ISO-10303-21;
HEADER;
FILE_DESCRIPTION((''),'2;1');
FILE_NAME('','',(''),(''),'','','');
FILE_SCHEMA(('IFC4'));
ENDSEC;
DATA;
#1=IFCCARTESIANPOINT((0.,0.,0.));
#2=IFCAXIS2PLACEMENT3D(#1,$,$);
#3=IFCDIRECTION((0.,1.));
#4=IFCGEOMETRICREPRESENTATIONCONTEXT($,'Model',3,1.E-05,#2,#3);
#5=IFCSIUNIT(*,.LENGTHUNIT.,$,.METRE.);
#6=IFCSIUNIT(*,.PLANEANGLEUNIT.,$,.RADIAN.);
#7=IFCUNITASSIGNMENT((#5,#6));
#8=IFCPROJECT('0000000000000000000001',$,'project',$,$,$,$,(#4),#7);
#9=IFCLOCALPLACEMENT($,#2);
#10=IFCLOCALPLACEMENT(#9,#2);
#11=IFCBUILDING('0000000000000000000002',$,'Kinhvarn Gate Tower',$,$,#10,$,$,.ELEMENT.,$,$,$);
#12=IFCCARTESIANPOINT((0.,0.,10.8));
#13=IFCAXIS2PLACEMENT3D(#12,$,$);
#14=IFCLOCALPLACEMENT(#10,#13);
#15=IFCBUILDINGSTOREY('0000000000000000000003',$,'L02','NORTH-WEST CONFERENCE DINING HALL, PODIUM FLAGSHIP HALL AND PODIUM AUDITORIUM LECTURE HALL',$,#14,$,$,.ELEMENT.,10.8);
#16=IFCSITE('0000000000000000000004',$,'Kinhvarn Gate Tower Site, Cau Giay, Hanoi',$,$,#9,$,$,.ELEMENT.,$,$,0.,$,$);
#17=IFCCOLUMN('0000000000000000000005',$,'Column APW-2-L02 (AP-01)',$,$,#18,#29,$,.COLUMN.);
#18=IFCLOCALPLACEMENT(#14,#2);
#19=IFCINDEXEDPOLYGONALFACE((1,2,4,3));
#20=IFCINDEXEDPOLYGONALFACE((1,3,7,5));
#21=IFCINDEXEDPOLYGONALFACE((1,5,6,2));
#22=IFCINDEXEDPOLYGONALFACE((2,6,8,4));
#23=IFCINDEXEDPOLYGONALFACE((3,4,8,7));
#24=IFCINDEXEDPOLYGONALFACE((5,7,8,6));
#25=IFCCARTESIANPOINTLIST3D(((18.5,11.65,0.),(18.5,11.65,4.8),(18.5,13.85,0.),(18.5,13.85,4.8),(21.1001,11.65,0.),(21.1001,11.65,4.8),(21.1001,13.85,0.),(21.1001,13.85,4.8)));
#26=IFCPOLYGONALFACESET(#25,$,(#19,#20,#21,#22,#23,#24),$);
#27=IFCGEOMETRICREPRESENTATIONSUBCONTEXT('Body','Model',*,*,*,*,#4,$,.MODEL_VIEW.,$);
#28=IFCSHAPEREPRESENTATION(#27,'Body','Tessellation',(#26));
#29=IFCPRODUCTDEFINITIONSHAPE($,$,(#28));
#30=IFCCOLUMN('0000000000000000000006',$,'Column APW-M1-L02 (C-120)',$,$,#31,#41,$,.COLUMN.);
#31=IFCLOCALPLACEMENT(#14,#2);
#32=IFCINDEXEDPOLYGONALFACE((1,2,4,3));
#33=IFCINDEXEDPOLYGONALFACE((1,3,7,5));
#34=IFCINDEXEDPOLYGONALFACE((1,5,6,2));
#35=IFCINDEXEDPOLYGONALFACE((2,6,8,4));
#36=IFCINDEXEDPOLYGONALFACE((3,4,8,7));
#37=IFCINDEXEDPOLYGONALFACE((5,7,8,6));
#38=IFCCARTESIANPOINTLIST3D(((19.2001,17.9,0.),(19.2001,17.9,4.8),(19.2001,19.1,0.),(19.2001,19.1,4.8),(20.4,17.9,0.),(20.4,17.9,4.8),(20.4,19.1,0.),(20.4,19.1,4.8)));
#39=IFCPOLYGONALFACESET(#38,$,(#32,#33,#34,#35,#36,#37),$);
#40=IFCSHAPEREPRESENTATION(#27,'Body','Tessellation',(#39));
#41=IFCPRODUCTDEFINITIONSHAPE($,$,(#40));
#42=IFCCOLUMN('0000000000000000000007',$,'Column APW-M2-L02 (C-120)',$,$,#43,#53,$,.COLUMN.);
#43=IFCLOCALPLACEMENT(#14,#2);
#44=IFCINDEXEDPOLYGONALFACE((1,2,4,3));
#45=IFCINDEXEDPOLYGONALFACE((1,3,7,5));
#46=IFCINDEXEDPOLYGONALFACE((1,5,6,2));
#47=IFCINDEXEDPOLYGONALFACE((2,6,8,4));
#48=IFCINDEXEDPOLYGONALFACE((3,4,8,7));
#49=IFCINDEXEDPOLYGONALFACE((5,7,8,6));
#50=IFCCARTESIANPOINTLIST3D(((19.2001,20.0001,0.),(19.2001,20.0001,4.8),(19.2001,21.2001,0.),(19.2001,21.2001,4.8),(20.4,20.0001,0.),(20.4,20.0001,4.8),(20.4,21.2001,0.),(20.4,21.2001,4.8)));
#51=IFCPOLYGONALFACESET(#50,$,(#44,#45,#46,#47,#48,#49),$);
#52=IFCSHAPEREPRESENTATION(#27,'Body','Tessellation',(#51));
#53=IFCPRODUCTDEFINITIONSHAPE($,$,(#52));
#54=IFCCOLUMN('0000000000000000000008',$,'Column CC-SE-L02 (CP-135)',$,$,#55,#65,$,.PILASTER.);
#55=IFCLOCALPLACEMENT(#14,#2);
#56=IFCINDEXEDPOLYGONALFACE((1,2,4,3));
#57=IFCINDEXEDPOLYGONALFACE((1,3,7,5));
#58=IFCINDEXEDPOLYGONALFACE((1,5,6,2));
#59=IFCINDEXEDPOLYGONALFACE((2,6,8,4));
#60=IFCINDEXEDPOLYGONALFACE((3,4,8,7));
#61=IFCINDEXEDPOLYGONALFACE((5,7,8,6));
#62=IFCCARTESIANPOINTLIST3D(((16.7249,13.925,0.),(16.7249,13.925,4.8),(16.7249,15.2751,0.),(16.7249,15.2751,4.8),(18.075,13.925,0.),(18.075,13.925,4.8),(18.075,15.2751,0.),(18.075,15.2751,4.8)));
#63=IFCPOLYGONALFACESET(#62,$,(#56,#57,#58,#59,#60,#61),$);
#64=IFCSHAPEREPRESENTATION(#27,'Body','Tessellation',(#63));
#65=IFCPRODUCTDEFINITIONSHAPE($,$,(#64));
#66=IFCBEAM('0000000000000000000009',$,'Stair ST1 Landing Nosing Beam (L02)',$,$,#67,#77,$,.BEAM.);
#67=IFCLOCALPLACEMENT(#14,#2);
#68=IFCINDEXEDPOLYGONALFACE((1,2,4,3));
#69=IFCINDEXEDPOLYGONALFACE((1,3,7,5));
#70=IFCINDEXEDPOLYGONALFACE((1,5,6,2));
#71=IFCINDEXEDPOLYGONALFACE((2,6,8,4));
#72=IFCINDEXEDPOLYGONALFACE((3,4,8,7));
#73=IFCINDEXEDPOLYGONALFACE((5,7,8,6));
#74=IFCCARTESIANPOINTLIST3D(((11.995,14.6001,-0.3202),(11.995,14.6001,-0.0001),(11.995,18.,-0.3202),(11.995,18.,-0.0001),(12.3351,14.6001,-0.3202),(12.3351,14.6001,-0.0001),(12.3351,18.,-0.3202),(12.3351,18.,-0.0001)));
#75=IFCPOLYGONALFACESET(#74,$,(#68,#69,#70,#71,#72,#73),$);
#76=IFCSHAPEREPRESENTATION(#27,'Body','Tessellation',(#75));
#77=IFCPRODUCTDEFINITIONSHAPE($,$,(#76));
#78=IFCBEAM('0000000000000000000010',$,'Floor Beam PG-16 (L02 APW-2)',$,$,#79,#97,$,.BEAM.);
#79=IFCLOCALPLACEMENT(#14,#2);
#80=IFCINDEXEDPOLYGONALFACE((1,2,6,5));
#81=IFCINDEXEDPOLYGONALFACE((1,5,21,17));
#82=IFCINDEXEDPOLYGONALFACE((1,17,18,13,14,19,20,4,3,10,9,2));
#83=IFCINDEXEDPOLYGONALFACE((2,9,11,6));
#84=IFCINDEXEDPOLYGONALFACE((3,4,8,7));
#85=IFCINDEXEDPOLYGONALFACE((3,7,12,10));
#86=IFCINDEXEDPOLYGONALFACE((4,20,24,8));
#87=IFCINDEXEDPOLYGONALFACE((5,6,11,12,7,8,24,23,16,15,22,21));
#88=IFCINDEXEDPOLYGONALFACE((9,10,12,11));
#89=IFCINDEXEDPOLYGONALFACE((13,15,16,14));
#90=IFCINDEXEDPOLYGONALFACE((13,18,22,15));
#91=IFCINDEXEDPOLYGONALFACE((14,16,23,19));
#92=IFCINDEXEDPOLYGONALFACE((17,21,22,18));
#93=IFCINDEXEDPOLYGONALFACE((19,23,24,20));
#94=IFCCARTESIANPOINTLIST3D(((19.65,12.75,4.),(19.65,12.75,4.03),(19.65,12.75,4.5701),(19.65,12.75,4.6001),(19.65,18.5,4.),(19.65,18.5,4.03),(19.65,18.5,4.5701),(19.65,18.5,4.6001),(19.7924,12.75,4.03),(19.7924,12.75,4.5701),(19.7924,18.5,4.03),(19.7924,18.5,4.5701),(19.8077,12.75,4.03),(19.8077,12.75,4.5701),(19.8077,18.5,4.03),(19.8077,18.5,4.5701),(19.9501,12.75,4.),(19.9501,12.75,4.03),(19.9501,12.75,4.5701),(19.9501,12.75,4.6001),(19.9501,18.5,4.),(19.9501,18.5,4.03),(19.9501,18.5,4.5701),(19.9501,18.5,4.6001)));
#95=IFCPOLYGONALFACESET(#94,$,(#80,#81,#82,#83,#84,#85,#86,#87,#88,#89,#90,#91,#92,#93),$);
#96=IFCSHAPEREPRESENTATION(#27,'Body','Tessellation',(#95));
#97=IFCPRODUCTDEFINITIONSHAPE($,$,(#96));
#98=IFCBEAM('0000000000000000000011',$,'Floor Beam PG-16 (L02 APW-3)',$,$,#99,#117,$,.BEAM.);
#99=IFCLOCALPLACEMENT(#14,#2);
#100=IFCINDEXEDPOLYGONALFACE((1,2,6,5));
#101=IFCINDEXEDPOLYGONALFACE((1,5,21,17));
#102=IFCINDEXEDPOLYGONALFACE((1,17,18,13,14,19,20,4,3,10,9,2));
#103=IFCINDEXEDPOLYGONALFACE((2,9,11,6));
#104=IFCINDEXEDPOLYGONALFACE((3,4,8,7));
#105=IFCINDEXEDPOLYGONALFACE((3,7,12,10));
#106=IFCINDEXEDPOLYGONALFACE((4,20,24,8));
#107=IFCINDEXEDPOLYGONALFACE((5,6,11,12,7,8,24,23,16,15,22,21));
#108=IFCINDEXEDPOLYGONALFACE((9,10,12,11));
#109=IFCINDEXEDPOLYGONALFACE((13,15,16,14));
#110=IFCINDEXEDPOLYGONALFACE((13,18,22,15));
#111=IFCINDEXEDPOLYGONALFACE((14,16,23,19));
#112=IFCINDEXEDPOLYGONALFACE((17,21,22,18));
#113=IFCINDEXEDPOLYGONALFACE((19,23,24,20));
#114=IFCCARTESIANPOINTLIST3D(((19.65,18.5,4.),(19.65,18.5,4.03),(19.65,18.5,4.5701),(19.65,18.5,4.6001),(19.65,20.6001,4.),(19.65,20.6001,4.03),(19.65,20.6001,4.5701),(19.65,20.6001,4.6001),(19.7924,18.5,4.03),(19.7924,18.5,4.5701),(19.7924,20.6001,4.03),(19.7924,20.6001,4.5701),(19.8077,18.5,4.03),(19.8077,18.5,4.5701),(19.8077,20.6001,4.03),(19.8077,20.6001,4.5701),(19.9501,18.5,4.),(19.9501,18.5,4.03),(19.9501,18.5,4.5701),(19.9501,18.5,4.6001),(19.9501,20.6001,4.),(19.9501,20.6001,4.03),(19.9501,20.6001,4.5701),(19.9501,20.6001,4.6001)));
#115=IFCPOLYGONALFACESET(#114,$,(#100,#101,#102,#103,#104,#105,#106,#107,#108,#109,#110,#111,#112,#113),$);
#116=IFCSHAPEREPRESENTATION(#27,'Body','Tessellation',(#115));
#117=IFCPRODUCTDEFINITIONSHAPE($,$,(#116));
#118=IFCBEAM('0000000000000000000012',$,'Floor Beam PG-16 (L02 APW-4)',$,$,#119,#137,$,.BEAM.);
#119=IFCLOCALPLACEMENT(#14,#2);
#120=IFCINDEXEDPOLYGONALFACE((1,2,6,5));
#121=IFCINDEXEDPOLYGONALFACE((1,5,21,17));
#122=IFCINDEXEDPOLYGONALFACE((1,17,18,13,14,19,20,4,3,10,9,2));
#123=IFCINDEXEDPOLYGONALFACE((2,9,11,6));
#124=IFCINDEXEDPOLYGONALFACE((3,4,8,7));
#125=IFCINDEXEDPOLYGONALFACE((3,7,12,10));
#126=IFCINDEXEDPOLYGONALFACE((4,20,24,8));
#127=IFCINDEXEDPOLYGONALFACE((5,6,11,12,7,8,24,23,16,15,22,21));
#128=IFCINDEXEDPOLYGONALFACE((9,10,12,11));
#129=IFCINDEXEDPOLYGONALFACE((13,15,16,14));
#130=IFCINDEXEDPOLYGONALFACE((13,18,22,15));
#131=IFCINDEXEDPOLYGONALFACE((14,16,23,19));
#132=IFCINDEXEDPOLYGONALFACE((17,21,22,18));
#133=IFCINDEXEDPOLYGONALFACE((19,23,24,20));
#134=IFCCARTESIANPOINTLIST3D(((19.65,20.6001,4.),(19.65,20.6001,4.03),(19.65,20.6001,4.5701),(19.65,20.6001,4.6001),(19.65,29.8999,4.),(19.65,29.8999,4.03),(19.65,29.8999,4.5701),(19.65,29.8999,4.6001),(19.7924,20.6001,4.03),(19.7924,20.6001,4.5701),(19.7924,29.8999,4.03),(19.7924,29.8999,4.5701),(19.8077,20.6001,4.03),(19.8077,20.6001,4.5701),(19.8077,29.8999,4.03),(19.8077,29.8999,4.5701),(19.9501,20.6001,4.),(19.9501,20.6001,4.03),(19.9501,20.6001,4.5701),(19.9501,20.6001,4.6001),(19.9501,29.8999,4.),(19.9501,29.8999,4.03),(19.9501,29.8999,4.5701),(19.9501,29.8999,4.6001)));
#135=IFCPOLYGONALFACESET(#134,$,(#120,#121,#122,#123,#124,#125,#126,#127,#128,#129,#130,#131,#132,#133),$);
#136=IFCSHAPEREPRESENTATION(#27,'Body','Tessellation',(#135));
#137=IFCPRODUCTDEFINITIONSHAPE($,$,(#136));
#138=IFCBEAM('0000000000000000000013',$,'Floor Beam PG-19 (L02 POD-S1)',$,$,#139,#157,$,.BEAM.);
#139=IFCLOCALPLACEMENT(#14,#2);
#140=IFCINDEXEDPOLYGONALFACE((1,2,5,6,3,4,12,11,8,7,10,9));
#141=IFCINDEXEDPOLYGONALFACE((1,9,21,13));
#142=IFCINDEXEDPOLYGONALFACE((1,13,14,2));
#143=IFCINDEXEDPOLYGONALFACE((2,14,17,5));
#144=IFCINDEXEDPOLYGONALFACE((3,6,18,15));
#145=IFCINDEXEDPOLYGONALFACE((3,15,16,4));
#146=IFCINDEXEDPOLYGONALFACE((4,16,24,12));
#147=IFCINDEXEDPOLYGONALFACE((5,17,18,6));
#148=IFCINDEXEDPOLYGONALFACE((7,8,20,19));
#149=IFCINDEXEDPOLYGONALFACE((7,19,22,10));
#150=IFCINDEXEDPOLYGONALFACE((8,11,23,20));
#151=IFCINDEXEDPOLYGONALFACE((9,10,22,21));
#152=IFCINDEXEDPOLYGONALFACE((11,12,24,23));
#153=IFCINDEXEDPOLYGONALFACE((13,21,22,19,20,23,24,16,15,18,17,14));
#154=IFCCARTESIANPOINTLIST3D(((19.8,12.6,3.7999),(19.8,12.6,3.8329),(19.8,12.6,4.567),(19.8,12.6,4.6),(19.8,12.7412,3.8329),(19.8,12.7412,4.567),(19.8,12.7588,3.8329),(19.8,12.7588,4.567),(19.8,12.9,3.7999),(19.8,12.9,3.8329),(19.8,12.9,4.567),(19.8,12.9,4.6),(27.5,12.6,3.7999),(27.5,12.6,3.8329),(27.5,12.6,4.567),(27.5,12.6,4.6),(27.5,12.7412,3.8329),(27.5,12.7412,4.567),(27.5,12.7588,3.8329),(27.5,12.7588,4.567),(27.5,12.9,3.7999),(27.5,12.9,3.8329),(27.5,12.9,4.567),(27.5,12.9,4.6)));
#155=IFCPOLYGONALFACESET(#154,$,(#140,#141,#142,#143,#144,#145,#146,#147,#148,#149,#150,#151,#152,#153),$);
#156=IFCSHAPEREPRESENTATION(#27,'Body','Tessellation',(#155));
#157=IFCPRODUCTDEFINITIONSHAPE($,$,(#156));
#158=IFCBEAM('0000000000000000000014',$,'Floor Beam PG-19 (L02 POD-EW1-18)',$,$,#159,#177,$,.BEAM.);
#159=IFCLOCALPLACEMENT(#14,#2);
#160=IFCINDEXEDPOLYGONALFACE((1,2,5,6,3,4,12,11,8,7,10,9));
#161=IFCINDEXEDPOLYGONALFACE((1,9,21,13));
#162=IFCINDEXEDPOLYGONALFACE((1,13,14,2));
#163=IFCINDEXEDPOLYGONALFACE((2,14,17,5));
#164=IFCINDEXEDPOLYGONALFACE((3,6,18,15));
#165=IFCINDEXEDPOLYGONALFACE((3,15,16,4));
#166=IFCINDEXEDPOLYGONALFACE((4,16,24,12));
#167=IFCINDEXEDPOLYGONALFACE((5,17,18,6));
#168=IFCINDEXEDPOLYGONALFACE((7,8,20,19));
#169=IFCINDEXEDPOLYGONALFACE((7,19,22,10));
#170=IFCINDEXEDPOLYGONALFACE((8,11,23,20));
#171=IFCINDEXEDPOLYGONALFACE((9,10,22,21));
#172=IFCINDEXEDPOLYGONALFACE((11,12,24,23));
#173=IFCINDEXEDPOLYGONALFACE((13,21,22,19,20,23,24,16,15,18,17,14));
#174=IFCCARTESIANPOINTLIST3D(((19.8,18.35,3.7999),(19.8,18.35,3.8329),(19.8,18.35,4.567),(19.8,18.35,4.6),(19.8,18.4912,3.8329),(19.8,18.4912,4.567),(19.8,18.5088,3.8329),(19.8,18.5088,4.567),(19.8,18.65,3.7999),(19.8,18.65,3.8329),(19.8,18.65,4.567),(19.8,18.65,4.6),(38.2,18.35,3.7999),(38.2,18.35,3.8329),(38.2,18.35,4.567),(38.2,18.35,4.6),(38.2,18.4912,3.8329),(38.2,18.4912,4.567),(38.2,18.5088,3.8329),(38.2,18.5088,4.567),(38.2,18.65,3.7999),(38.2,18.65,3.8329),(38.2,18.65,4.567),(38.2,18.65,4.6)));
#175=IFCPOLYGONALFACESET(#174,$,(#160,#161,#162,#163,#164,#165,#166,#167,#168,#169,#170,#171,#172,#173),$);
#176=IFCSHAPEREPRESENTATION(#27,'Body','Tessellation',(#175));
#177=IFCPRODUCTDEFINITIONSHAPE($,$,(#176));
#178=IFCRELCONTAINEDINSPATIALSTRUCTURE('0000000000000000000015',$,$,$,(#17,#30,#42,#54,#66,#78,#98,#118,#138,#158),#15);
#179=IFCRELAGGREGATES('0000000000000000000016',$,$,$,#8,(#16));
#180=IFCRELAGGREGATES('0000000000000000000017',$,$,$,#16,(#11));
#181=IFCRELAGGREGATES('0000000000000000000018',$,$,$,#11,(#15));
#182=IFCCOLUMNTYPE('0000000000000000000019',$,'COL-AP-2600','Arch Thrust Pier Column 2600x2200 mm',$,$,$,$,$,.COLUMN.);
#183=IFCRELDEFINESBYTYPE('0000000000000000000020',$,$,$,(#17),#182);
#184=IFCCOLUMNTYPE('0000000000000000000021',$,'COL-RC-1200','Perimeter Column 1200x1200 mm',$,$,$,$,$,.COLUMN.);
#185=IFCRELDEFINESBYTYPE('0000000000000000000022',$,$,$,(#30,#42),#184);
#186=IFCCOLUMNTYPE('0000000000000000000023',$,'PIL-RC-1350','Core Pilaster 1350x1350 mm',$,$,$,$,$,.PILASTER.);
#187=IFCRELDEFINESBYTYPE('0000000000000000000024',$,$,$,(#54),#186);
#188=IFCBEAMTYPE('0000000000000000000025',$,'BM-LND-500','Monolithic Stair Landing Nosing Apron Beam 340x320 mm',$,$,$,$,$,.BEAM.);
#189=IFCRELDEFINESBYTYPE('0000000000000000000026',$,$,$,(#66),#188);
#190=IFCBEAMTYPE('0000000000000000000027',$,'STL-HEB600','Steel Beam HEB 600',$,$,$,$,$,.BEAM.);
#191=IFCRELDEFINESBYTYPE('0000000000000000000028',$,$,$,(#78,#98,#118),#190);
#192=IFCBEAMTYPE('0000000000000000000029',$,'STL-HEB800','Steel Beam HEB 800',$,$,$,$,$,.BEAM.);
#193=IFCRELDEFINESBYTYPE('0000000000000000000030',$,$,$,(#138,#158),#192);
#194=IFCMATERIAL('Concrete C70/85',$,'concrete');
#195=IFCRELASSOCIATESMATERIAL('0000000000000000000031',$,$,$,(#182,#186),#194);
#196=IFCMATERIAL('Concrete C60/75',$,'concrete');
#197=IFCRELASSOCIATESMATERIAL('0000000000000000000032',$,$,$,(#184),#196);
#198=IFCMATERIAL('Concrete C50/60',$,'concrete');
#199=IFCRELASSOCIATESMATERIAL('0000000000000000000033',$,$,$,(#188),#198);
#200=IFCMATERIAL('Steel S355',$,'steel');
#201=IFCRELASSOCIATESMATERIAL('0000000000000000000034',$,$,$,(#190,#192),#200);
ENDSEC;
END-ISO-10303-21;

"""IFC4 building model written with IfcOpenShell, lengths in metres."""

from ifc_helpers import new_model, si_unit, direction, frame, origin, origin_2d, place, context, subcontext, project, spatial, rectangle, i_section, extrude, material, material_profile, profile_set, type_object, element, save


model = new_model("IFC4")

# Units and contexts
model_context = context("Model", 3, precision=1e-05, world=origin(), true_north=direction((0.0, 1.0)))
body_context = subcontext(model_context, "Body", "Model", "MODEL_VIEW")
ifc_project = project(units=[si_unit("LENGTHUNIT", "METRE"), si_unit("PLANEANGLEUNIT", "RADIAN")], contexts=[model_context])

# Site, building, storey
site_placement = place(None, origin())
site = spatial("IfcSite", under=ifc_project, at=site_placement, Name="Kinhvarn Gate Tower Site, Cau Giay, Hanoi", CompositionType="ELEMENT", RefElevation=0.0)
building_placement = place(site_placement, origin())
building = spatial("IfcBuilding", under=site, at=building_placement, Name="Kinhvarn Gate Tower", CompositionType="ELEMENT")
storey_placement = place(building_placement, frame((0.0, 0.0, 10.8)))
storey = spatial("IfcBuildingStorey", under=building, at=storey_placement, Name="L02", Description="NORTH-WEST CONFERENCE DINING HALL, PODIUM FLAGSHIP HALL AND PODIUM AUDITORIUM LECTURE HALL", CompositionType="ELEMENT", Elevation=10.8)

# Columns
ifc_material_1 = material(Name="Concrete C70/85", Category="concrete")
ifc_material_profile_1 = material_profile(ifc_material_1, rectangle(XDim=2.6001, YDim=2.2, at=origin_2d()), Name="RC 2600x2200")
ifc_profile_set_1 = profile_set([ifc_material_profile_1], Name="Concrete C70/85")
column_type_1 = type_object("IfcColumnType", Name="COL-AP-2600", Description="Arch Thrust Pier Column 2600x2200 mm", PredefinedType="COLUMN", material=ifc_profile_set_1)
column_1_placement = place(storey_placement, frame((19.8, 12.75, 0.0), z_axis=(0.0, 0.0, 1.0), x_axis=(1.0, 0.0, 0.0)))
element("IfcColumn", 1, at=column_1_placement, inside=storey, type_object=column_type_1, Name="Column APW-2-L02 (AP-01)", PredefinedType="COLUMN", context=body_context, shape_type="SweptSolid", body=[
    extrude(rectangle(XDim=2.6001, YDim=2.2, at=origin_2d()), origin(), (0.0, 0.0, 1.0), 4.8),
])
ifc_material_2 = material(Name="Concrete C60/75", Category="concrete")
ifc_material_profile_2 = material_profile(ifc_material_2, rectangle(XDim=1.2, YDim=1.2, at=origin_2d()), Name="RC 1200x1200")
ifc_profile_set_2 = profile_set([ifc_material_profile_2], Name="Concrete C60/75")
column_type_2 = type_object("IfcColumnType", Name="COL-RC-1200", Description="Perimeter Column 1200x1200 mm", PredefinedType="COLUMN", material=ifc_profile_set_2)
for number, where, z_axis, x_axis, name in (
    (2, (19.8, 18.5, 0.0), (0.0, 0.0, 1.0), (1.0, 0.0, 0.0), "Column APW-M1-L02 (C-120)"),
    (3, (19.8, 20.6001, 0.0), (0.0, 0.0, 1.0), (1.0, 0.0, 0.0), "Column APW-M2-L02 (C-120)"),
):
    element("IfcColumn", number, at=place(storey_placement, frame(where, z_axis=z_axis, x_axis=x_axis)), inside=storey, type_object=column_type_2, Name=name, PredefinedType="COLUMN", context=body_context, shape_type="SweptSolid", body=[
        extrude(rectangle(XDim=1.2, YDim=1.2, at=origin_2d()), origin(), (0.0, 0.0, 1.0), 4.8),
    ])
ifc_material_profile_3 = material_profile(ifc_material_1, rectangle(XDim=1.3501, YDim=1.3501, at=origin_2d()), Name="RC 1350x1350")
ifc_profile_set_3 = profile_set([ifc_material_profile_3], Name="Concrete C70/85")
column_type_3 = type_object("IfcColumnType", Name="PIL-RC-1350", Description="Core Pilaster 1350x1350 mm", PredefinedType="PILASTER", material=ifc_profile_set_3)
column_2_placement = place(storey_placement, frame((17.3999, 14.6001, 0.0), z_axis=(0.0, 0.0, 1.0), x_axis=(1.0, 0.0, 0.0)))
element("IfcColumn", 4, at=column_2_placement, inside=storey, type_object=column_type_3, Name="Column CC-SE-L02 (CP-135)", PredefinedType="PILASTER", context=body_context, shape_type="SweptSolid", body=[
    extrude(rectangle(XDim=1.3501, YDim=1.3501, at=origin_2d()), origin(), (0.0, 0.0, 1.0), 4.8),
])

# Beams
ifc_material_3 = material(Name="Concrete C50/60", Category="concrete")
ifc_material_profile_4 = material_profile(ifc_material_3, rectangle(XDim=0.3401, YDim=0.3201, at=origin_2d()), Name="RC 340x320")
ifc_profile_set_4 = profile_set([ifc_material_profile_4], Name="Concrete C50/60")
beam_type_1 = type_object("IfcBeamType", Name="BM-LND-500", Description="Monolithic Stair Landing Nosing Apron Beam 340x320 mm", PredefinedType="BEAM", material=ifc_profile_set_4)
beam_1_placement = place(storey_placement, frame((12.165, 14.6001, -0.1602), z_axis=(0.0, 1.0, 0.0), x_axis=(-1.0, 0.0, 0.0)))
element("IfcBeam", 5, at=beam_1_placement, inside=storey, type_object=beam_type_1, Name="Stair ST1 Landing Nosing Beam (L02)", PredefinedType="BEAM", context=body_context, shape_type="SweptSolid", body=[
    extrude(rectangle(XDim=0.3401, YDim=0.3201, at=origin_2d()), origin(), (0.0, 0.0, 1.0), 3.3999),
])
ifc_material_4 = material(Name="Steel S355", Category="steel")
ifc_material_profile_5 = material_profile(ifc_material_4, i_section(OverallWidth=0.3, OverallDepth=0.6001, WebThickness=0.0154, FlangeThickness=0.03, at=origin_2d()), Name="HEB 600")
ifc_profile_set_5 = profile_set([ifc_material_profile_5], Name="Steel S355")
beam_type_2 = type_object("IfcBeamType", Name="STL-HEB600", Description="Steel Beam HEB 600", PredefinedType="BEAM", material=ifc_profile_set_5)
beam_2_placement = place(storey_placement, frame((19.8, 12.75, 4.3), z_axis=(0.0, 1.0, 0.0), x_axis=(-1.0, 0.0, 0.0)))
element("IfcBeam", 6, at=beam_2_placement, inside=storey, type_object=beam_type_2, Name="Floor Beam PG-16 (L02 APW-2)", PredefinedType="BEAM", context=body_context, shape_type="SweptSolid", body=[
    extrude(i_section(OverallWidth=0.3, OverallDepth=0.6001, WebThickness=0.0154, FlangeThickness=0.03, at=origin_2d()), origin(), (0.0, 0.0, 1.0), 5.75),
])
beam_3_placement = place(storey_placement, frame((19.8, 18.5, 4.3), z_axis=(0.0, 1.0, 0.0), x_axis=(-1.0, 0.0, 0.0)))
element("IfcBeam", 7, at=beam_3_placement, inside=storey, type_object=beam_type_2, Name="Floor Beam PG-16 (L02 APW-3)", PredefinedType="BEAM", context=body_context, shape_type="SweptSolid", body=[
    extrude(i_section(OverallWidth=0.3, OverallDepth=0.6001, WebThickness=0.0154, FlangeThickness=0.03, at=origin_2d()), origin(), (0.0, 0.0, 1.0), 2.1001),
])
beam_4_placement = place(storey_placement, frame((19.8, 20.6001, 4.3), z_axis=(0.0, 1.0, 0.0), x_axis=(-1.0, 0.0, 0.0)))
element("IfcBeam", 8, at=beam_4_placement, inside=storey, type_object=beam_type_2, Name="Floor Beam PG-16 (L02 APW-4)", PredefinedType="BEAM", context=body_context, shape_type="SweptSolid", body=[
    extrude(i_section(OverallWidth=0.3, OverallDepth=0.6001, WebThickness=0.0154, FlangeThickness=0.03, at=origin_2d()), origin(), (0.0, 0.0, 1.0), 9.2998),
])
ifc_material_profile_6 = material_profile(ifc_material_4, i_section(OverallWidth=0.3, OverallDepth=0.8, WebThickness=0.0176, FlangeThickness=0.033, at=origin_2d()), Name="HEB 800")
ifc_profile_set_6 = profile_set([ifc_material_profile_6], Name="Steel S355")
beam_type_3 = type_object("IfcBeamType", Name="STL-HEB800", Description="Steel Beam HEB 800", PredefinedType="BEAM", material=ifc_profile_set_6)
beam_5_placement = place(storey_placement, frame((19.8, 12.75, 4.2), z_axis=(1.0, 0.0, 0.0), x_axis=(0.0, 1.0, 0.0)))
element("IfcBeam", 9, at=beam_5_placement, inside=storey, type_object=beam_type_3, Name="Floor Beam PG-19 (L02 POD-S1)", PredefinedType="BEAM", context=body_context, shape_type="SweptSolid", body=[
    extrude(i_section(OverallWidth=0.3, OverallDepth=0.8, WebThickness=0.0176, FlangeThickness=0.033, at=origin_2d()), origin(), (0.0, 0.0, 1.0), 7.7),
])
beam_6_placement = place(storey_placement, frame((19.8, 18.5, 4.2), z_axis=(1.0, 0.0, 0.0), x_axis=(0.0, 1.0, 0.0)))
element("IfcBeam", 10, at=beam_6_placement, inside=storey, type_object=beam_type_3, Name="Floor Beam PG-19 (L02 POD-EW1-18)", PredefinedType="BEAM", context=body_context, shape_type="SweptSolid", body=[
    extrude(i_section(OverallWidth=0.3, OverallDepth=0.8, WebThickness=0.0176, FlangeThickness=0.033, at=origin_2d()), origin(), (0.0, 0.0, 1.0), 18.3999),
])

save(model, "model.ifc")
